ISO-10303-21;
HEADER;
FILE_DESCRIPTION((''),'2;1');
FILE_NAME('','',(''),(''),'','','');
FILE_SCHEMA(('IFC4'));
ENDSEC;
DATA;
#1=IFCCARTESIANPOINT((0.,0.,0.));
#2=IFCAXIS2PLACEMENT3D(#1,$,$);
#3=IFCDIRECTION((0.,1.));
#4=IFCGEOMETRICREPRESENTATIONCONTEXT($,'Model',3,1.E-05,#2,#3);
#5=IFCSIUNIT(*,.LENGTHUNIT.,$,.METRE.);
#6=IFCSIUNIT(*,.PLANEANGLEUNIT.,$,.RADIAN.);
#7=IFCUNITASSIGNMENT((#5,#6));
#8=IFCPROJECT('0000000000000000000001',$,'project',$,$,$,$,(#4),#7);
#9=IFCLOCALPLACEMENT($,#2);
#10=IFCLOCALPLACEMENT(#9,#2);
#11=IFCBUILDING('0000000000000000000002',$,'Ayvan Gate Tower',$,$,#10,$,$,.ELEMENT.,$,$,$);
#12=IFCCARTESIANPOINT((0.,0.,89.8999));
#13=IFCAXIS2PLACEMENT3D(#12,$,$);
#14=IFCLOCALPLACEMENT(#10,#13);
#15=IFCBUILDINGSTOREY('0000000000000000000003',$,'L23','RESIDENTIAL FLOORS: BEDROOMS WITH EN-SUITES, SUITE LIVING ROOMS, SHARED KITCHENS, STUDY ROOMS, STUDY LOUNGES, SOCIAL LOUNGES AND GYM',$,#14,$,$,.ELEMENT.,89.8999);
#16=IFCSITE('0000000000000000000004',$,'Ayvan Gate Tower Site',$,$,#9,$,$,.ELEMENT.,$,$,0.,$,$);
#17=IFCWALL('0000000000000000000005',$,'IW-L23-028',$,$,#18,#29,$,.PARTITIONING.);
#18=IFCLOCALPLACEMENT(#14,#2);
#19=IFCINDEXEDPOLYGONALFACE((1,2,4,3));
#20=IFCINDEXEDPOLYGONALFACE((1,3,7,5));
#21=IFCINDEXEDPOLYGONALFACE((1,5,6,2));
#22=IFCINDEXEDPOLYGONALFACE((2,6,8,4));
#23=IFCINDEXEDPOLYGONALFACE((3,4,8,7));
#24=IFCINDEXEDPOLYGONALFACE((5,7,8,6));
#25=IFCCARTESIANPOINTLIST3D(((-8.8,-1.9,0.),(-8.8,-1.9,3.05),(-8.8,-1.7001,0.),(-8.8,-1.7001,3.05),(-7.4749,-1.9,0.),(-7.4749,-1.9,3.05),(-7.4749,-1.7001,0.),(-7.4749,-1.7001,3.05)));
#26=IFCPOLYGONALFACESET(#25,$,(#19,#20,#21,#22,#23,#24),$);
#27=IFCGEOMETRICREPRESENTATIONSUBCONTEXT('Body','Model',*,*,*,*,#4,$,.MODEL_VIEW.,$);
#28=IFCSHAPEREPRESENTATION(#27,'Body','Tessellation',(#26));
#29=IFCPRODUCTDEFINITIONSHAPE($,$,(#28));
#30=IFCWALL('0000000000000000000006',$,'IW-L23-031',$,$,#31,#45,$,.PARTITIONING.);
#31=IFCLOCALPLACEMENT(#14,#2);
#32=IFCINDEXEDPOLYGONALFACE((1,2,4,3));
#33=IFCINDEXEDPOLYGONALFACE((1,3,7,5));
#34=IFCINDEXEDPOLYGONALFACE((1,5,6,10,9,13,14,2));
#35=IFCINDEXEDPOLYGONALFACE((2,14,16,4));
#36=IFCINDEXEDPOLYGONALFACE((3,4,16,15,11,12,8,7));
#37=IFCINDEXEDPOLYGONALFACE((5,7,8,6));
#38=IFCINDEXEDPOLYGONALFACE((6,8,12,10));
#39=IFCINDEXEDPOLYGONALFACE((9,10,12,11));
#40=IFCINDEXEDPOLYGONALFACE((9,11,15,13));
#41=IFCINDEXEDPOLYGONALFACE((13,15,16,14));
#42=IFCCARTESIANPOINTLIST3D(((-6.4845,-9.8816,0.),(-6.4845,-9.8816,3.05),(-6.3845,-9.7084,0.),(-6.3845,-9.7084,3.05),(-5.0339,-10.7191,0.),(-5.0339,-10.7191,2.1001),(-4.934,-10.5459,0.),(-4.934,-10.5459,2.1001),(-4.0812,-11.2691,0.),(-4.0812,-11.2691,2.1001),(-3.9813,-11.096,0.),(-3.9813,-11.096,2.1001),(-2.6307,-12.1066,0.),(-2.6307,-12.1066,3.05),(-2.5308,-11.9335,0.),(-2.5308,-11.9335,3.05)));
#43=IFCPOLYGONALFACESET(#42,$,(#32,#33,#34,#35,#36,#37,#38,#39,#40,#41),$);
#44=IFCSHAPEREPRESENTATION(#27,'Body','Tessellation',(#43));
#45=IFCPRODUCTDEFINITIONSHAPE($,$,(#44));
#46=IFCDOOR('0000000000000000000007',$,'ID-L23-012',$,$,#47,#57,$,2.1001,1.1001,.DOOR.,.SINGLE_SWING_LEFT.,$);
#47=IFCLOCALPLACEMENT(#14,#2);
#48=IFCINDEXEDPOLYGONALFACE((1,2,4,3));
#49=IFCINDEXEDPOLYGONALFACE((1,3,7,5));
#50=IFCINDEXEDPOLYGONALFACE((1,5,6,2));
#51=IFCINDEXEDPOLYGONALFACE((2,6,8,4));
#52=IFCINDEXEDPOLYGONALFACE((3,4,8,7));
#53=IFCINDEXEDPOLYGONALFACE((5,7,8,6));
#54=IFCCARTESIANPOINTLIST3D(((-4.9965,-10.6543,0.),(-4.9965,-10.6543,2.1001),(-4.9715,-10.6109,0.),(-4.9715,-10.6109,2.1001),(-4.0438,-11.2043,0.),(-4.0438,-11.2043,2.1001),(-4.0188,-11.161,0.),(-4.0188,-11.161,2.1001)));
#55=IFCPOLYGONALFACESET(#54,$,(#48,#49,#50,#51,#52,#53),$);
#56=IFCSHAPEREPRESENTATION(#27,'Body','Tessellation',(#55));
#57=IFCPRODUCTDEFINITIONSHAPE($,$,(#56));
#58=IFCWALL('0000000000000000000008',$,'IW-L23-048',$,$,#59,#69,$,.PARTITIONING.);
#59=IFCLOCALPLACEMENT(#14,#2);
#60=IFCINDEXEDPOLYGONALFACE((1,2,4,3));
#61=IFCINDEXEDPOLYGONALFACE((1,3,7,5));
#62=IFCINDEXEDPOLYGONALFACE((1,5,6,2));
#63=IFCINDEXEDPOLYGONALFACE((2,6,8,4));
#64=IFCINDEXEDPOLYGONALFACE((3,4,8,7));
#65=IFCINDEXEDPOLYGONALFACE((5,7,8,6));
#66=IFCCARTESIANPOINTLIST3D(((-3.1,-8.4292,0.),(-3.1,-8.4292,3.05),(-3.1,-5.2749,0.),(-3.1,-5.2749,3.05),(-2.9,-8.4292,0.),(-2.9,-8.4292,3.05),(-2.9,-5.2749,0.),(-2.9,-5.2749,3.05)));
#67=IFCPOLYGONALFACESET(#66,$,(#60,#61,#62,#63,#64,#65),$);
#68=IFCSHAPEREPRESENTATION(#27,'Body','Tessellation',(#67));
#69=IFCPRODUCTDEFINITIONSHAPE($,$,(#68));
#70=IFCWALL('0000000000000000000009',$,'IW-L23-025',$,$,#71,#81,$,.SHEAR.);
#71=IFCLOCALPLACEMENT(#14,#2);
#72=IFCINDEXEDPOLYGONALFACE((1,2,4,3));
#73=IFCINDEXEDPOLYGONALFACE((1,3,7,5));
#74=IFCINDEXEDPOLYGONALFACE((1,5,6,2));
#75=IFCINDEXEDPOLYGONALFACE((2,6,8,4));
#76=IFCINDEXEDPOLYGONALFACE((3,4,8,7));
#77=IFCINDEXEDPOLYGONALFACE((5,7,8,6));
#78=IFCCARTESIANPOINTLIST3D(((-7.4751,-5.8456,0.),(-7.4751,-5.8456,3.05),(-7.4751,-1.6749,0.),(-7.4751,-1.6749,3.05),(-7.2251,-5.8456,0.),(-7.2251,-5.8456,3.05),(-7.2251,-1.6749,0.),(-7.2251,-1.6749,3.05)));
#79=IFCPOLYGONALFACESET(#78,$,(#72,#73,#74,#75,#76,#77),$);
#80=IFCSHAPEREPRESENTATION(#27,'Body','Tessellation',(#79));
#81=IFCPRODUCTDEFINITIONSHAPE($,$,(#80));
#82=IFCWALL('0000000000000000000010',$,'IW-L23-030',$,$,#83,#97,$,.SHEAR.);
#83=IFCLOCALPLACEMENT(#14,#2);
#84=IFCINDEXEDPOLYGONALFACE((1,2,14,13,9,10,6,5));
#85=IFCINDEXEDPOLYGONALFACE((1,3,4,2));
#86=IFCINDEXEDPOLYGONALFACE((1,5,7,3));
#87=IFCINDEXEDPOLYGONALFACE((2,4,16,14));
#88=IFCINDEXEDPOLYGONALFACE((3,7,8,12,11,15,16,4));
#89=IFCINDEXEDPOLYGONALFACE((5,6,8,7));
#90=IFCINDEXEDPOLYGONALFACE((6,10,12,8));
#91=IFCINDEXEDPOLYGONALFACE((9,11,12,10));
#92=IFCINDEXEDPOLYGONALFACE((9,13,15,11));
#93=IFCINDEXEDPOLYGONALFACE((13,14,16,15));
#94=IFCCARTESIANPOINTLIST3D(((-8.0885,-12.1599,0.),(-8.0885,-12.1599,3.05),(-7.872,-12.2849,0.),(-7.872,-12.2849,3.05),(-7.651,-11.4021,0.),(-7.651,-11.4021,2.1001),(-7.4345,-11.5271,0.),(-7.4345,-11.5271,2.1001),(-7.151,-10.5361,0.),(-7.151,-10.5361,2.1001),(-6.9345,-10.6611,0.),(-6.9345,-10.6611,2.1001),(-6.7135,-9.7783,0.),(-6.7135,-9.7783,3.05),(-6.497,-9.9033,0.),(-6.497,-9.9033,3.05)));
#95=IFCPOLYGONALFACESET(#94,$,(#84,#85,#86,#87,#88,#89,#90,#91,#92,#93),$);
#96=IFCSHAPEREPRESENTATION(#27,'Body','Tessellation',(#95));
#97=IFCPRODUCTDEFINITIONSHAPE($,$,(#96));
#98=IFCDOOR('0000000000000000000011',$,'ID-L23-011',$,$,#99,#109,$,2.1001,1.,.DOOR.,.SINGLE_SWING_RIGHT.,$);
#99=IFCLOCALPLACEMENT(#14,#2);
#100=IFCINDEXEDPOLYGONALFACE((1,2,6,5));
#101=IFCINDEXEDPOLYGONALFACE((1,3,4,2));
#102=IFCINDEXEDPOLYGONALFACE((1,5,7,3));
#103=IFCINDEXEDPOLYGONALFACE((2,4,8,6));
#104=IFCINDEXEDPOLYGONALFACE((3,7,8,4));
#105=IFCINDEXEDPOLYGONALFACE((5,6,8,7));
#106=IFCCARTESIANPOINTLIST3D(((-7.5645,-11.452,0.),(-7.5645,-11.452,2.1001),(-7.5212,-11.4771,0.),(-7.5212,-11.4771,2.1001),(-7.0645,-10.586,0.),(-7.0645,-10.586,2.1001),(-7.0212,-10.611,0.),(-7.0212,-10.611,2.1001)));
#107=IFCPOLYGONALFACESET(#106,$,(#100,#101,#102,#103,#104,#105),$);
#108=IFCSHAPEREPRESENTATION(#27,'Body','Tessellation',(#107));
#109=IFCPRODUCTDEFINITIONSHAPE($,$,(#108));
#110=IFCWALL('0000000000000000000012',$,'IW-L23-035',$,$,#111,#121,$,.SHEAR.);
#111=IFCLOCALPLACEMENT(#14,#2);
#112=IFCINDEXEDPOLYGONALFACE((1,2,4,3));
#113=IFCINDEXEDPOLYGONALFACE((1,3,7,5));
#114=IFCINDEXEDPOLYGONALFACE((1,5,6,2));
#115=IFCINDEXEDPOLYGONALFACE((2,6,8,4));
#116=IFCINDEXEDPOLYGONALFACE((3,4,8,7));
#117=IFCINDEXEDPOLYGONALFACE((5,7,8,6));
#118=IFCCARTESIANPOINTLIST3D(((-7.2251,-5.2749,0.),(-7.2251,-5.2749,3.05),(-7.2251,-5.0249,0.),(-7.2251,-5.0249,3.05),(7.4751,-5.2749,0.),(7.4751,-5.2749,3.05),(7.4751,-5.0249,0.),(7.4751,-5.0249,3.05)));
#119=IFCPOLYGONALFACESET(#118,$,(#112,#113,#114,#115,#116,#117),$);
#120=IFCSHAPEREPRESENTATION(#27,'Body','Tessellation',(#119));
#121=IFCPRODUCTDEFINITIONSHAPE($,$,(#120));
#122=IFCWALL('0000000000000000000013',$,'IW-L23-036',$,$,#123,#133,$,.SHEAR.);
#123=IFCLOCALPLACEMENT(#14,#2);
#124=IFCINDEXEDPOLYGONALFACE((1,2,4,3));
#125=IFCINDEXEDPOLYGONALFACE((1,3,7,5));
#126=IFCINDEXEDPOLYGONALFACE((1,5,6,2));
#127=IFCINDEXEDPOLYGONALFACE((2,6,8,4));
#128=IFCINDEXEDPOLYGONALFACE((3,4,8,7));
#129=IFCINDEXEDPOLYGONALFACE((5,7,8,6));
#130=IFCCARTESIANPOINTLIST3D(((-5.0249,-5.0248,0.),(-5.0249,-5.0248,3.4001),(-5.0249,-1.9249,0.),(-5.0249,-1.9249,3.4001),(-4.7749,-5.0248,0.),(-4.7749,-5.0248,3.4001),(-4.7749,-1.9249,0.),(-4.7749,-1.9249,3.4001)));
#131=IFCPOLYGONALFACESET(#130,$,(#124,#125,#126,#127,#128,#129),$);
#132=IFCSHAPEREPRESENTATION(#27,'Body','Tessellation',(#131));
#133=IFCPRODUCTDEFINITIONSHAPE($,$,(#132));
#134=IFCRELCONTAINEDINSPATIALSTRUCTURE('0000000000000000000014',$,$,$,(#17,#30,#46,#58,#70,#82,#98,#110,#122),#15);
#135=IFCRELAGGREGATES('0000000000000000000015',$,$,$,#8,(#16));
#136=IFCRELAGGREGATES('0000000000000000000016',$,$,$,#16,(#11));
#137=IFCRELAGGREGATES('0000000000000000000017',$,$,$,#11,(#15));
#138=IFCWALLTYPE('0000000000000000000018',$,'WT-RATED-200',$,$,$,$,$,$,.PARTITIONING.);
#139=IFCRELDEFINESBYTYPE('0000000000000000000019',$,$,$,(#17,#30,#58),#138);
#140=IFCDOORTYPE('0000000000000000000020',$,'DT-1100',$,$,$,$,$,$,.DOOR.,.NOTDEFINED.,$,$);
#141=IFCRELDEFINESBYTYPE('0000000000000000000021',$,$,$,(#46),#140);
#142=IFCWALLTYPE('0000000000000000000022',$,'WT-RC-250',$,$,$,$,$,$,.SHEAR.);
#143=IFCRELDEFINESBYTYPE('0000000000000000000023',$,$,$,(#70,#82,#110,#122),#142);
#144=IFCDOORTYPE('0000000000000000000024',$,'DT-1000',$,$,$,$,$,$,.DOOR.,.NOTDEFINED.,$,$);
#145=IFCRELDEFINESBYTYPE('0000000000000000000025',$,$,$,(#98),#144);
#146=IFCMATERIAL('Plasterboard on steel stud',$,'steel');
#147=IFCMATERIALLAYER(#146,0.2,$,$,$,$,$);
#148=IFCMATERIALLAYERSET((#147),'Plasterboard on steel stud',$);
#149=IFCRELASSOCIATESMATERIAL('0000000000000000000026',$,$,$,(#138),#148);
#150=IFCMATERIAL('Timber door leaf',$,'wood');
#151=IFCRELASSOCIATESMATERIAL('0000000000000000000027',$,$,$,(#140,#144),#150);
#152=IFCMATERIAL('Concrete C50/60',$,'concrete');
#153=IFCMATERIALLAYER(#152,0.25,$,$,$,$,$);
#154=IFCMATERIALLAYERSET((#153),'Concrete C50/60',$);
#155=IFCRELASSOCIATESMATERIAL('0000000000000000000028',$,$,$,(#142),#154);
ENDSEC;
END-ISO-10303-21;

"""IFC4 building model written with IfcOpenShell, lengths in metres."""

from ifc_helpers import new_model, si_unit, direction, frame, frame_2d, origin, place, context, subcontext, project, spatial, rectangle, extrude, material, layer, layer_set, type_object, element, fill, save


model = new_model("IFC4")

# Units and contexts
model_context = context("Model", 3, precision=1e-05, world=origin(), true_north=direction((0.0, 1.0)))
body_context = subcontext(model_context, "Body", "Model", "MODEL_VIEW")
ifc_project = project(units=[si_unit("LENGTHUNIT", "METRE"), si_unit("PLANEANGLEUNIT", "RADIAN")], contexts=[model_context])

# Site, building, storey
site_placement = place(None, origin())
site = spatial("IfcSite", under=ifc_project, at=site_placement, Name="Ayvan Gate Tower Site", CompositionType="ELEMENT", RefElevation=0.0)
building_placement = place(site_placement, origin())
building = spatial("IfcBuilding", under=site, at=building_placement, Name="Ayvan Gate Tower", CompositionType="ELEMENT")
storey_placement = place(building_placement, frame((0.0, 0.0, 89.8999)))
storey = spatial("IfcBuildingStorey", under=building, at=storey_placement, Name="L23", Description="RESIDENTIAL FLOORS: BEDROOMS WITH EN-SUITES, SUITE LIVING ROOMS, SHARED KITCHENS, STUDY ROOMS, STUDY LOUNGES, SOCIAL LOUNGES AND GYM", CompositionType="ELEMENT", Elevation=89.8999)

# Wall
ifc_material_1 = material(Name="Plasterboard on steel stud", Category="steel")
ifc_layer_1 = layer(ifc_material_1, 0.2)
ifc_layer_set_1 = layer_set([ifc_layer_1], Name="Plasterboard on steel stud")
wall_type_1 = type_object("IfcWallType", Name="WT-RATED-200", PredefinedType="PARTITIONING", material=ifc_layer_set_1)
wall_1_placement = place(storey_placement, frame((-7.4749, -1.8, 0.0), z_axis=(0.0, 0.0, 1.0), x_axis=(-1.0, 0.0, 0.0)))
element("IfcWall", 1, at=wall_1_placement, inside=storey, type_object=wall_type_1, Name="IW-L23-028", PredefinedType="PARTITIONING", context=body_context, shape_type="SweptSolid", body=[
    extrude(rectangle(XDim=1.3252, YDim=0.2, at=frame_2d((0.6626, 0.0))), origin(), (0.0, 0.0, 1.0), 3.05),
])

# Wall, opening, door
wall_2_placement = place(storey_placement, frame((-6.4346, -9.7949, 0.0), z_axis=(0.0, 0.0, 1.0), x_axis=(0.866013, -0.500022, 0.0)))
wall_2 = element("IfcWall", 2, at=wall_2_placement, inside=storey, type_object=wall_type_1, Name="IW-L23-031", PredefinedType="PARTITIONING", context=body_context, shape_type="SweptSolid", body=[
    extrude(rectangle(XDim=4.45, YDim=0.2, at=frame_2d((2.2251, 0.0))), origin(), (0.0, 0.0, 1.0), 3.05),
])
opening_1_placement = place(wall_2_placement, frame((1.675, 0.0, 0.0)))
opening_1 = element("IfcOpeningElement", 3, at=opening_1_placement, cuts=wall_2, PredefinedType="OPENING", context=body_context, shape_type="SweptSolid", body=[
    extrude(rectangle(XDim=1.1001, YDim=2.1001, at=frame_2d((0.55, 1.05))), frame((0.0, 0.1099, 0.0), z_axis=(0.0, -1.0, 0.0), x_axis=(1.0, 0.0, 0.0)), (0.0, 0.0, 1.0), 0.22),
])
ifc_material_2 = material(Name="Timber door leaf", Category="wood")
door_type_1 = type_object("IfcDoorType", Name="DT-1100", OperationType="NOTDEFINED", PredefinedType="DOOR", material=ifc_material_2)
door_1_placement = place(opening_1_placement, origin())
door_1 = element("IfcDoor", 4, at=door_1_placement, inside=storey, type_object=door_type_1, Name="ID-L23-012", OperationType="SINGLE_SWING_LEFT", OverallHeight=2.1001, OverallWidth=1.1001, PredefinedType="DOOR", context=body_context, shape_type="SweptSolid", body=[
    extrude(rectangle(XDim=1.1001, YDim=2.1001, at=frame_2d((0.55, 1.05))), frame((0.0, 0.0249, 0.0), z_axis=(0.0, -1.0, 0.0), x_axis=(1.0, 0.0, 0.0)), (0.0, 0.0, 1.0), 0.05),
])
fill(opening_1, door_1)

# Walls
wall_3_placement = place(storey_placement, frame((-3.0, -5.2749, 0.0), z_axis=(0.0, 0.0, 1.0), x_axis=(0.0, -1.0, 0.0)))
element("IfcWall", 5, at=wall_3_placement, inside=storey, type_object=wall_type_1, Name="IW-L23-048", PredefinedType="PARTITIONING", context=body_context, shape_type="SweptSolid", body=[
    extrude(rectangle(XDim=3.1543, YDim=0.2, at=frame_2d((1.5771, 0.0))), origin(), (0.0, 0.0, 1.0), 3.05),
])
ifc_material_3 = material(Name="Concrete C50/60", Category="concrete")
ifc_layer_2 = layer(ifc_material_3, 0.25)
ifc_layer_set_2 = layer_set([ifc_layer_2], Name="Concrete C50/60")
wall_type_2 = type_object("IfcWallType", Name="WT-RC-250", PredefinedType="SHEAR", material=ifc_layer_set_2)
wall_4_placement = place(storey_placement, frame((-7.3501, -5.8457, 0.0), z_axis=(0.0, 0.0, 1.0), x_axis=(0.0, 1.0, 0.0)))
element("IfcWall", 6, at=wall_4_placement, inside=storey, type_object=wall_type_2, Name="IW-L23-025", PredefinedType="SHEAR", context=body_context, shape_type="SweptSolid", body=[
    extrude(rectangle(XDim=4.1707, YDim=0.25, at=frame_2d((2.0854, 0.0))), origin(), (0.0, 0.0, 1.0), 3.05),
])

# Wall, opening, door
wall_5_placement = place(storey_placement, frame((-6.6052, -9.8408, 0.0), z_axis=(0.0, 0.0, 1.0), x_axis=(-0.499997, -0.866027, 0.0)))
wall_5 = element("IfcWall", 7, at=wall_5_placement, inside=storey, type_object=wall_type_2, Name="IW-L23-030", PredefinedType="SHEAR", context=body_context, shape_type="SweptSolid", body=[
    extrude(rectangle(XDim=2.75, YDim=0.25, at=frame_2d((1.375, 0.0))), origin(), (0.0, 0.0, 1.0), 3.05),
])
opening_2_placement = place(wall_5_placement, frame((0.875, 0.0, 0.0)))
opening_2 = element("IfcOpeningElement", 8, at=opening_2_placement, cuts=wall_5, PredefinedType="OPENING", context=body_context, shape_type="SweptSolid", body=[
    extrude(rectangle(XDim=1.0, YDim=2.1001, at=frame_2d((0.5, 1.05))), frame((0.0, 0.135, 0.0), z_axis=(0.0, -1.0, 0.0), x_axis=(1.0, 0.0, 0.0)), (0.0, 0.0, 1.0), 0.27),
])
door_type_2 = type_object("IfcDoorType", Name="DT-1000", OperationType="NOTDEFINED", PredefinedType="DOOR", material=ifc_material_2)
door_2_placement = place(opening_2_placement, origin())
door_2 = element("IfcDoor", 9, at=door_2_placement, inside=storey, type_object=door_type_2, Name="ID-L23-011", OperationType="SINGLE_SWING_RIGHT", OverallHeight=2.1001, OverallWidth=1.0, PredefinedType="DOOR", context=body_context, shape_type="SweptSolid", body=[
    extrude(rectangle(XDim=1.0, YDim=2.1001, at=frame_2d((0.5, 1.05))), frame((0.0, 0.0249, 0.0), z_axis=(0.0, -1.0, 0.0), x_axis=(1.0, 0.0, 0.0)), (0.0, 0.0, 1.0), 0.05),
])
fill(opening_2, door_2)

# Walls
wall_6_placement = place(storey_placement, frame((-7.2251, -5.1499, 0.0), z_axis=(0.0, 0.0, 1.0), x_axis=(1.0, 0.0, 0.0)))
element("IfcWall", 10, at=wall_6_placement, inside=storey, type_object=wall_type_2, Name="IW-L23-035", PredefinedType="SHEAR", context=body_context, shape_type="SweptSolid", body=[
    extrude(rectangle(XDim=14.7002, YDim=0.25, at=frame_2d((7.3501, 0.0))), origin(), (0.0, 0.0, 1.0), 3.05),
])
wall_7_placement = place(storey_placement, frame((-4.8999, -1.925, 0.0), z_axis=(0.0, 0.0, 1.0), x_axis=(0.0, -1.0, 0.0)))
element("IfcWall", 11, at=wall_7_placement, inside=storey, type_object=wall_type_2, Name="IW-L23-036", PredefinedType="SHEAR", context=body_context, shape_type="SweptSolid", body=[
    extrude(rectangle(XDim=3.0999, YDim=0.25, at=frame_2d((1.5498, 0.0))), origin(), (0.0, 0.0, 1.0), 3.4001),
])

save(model, "model.ifc")
